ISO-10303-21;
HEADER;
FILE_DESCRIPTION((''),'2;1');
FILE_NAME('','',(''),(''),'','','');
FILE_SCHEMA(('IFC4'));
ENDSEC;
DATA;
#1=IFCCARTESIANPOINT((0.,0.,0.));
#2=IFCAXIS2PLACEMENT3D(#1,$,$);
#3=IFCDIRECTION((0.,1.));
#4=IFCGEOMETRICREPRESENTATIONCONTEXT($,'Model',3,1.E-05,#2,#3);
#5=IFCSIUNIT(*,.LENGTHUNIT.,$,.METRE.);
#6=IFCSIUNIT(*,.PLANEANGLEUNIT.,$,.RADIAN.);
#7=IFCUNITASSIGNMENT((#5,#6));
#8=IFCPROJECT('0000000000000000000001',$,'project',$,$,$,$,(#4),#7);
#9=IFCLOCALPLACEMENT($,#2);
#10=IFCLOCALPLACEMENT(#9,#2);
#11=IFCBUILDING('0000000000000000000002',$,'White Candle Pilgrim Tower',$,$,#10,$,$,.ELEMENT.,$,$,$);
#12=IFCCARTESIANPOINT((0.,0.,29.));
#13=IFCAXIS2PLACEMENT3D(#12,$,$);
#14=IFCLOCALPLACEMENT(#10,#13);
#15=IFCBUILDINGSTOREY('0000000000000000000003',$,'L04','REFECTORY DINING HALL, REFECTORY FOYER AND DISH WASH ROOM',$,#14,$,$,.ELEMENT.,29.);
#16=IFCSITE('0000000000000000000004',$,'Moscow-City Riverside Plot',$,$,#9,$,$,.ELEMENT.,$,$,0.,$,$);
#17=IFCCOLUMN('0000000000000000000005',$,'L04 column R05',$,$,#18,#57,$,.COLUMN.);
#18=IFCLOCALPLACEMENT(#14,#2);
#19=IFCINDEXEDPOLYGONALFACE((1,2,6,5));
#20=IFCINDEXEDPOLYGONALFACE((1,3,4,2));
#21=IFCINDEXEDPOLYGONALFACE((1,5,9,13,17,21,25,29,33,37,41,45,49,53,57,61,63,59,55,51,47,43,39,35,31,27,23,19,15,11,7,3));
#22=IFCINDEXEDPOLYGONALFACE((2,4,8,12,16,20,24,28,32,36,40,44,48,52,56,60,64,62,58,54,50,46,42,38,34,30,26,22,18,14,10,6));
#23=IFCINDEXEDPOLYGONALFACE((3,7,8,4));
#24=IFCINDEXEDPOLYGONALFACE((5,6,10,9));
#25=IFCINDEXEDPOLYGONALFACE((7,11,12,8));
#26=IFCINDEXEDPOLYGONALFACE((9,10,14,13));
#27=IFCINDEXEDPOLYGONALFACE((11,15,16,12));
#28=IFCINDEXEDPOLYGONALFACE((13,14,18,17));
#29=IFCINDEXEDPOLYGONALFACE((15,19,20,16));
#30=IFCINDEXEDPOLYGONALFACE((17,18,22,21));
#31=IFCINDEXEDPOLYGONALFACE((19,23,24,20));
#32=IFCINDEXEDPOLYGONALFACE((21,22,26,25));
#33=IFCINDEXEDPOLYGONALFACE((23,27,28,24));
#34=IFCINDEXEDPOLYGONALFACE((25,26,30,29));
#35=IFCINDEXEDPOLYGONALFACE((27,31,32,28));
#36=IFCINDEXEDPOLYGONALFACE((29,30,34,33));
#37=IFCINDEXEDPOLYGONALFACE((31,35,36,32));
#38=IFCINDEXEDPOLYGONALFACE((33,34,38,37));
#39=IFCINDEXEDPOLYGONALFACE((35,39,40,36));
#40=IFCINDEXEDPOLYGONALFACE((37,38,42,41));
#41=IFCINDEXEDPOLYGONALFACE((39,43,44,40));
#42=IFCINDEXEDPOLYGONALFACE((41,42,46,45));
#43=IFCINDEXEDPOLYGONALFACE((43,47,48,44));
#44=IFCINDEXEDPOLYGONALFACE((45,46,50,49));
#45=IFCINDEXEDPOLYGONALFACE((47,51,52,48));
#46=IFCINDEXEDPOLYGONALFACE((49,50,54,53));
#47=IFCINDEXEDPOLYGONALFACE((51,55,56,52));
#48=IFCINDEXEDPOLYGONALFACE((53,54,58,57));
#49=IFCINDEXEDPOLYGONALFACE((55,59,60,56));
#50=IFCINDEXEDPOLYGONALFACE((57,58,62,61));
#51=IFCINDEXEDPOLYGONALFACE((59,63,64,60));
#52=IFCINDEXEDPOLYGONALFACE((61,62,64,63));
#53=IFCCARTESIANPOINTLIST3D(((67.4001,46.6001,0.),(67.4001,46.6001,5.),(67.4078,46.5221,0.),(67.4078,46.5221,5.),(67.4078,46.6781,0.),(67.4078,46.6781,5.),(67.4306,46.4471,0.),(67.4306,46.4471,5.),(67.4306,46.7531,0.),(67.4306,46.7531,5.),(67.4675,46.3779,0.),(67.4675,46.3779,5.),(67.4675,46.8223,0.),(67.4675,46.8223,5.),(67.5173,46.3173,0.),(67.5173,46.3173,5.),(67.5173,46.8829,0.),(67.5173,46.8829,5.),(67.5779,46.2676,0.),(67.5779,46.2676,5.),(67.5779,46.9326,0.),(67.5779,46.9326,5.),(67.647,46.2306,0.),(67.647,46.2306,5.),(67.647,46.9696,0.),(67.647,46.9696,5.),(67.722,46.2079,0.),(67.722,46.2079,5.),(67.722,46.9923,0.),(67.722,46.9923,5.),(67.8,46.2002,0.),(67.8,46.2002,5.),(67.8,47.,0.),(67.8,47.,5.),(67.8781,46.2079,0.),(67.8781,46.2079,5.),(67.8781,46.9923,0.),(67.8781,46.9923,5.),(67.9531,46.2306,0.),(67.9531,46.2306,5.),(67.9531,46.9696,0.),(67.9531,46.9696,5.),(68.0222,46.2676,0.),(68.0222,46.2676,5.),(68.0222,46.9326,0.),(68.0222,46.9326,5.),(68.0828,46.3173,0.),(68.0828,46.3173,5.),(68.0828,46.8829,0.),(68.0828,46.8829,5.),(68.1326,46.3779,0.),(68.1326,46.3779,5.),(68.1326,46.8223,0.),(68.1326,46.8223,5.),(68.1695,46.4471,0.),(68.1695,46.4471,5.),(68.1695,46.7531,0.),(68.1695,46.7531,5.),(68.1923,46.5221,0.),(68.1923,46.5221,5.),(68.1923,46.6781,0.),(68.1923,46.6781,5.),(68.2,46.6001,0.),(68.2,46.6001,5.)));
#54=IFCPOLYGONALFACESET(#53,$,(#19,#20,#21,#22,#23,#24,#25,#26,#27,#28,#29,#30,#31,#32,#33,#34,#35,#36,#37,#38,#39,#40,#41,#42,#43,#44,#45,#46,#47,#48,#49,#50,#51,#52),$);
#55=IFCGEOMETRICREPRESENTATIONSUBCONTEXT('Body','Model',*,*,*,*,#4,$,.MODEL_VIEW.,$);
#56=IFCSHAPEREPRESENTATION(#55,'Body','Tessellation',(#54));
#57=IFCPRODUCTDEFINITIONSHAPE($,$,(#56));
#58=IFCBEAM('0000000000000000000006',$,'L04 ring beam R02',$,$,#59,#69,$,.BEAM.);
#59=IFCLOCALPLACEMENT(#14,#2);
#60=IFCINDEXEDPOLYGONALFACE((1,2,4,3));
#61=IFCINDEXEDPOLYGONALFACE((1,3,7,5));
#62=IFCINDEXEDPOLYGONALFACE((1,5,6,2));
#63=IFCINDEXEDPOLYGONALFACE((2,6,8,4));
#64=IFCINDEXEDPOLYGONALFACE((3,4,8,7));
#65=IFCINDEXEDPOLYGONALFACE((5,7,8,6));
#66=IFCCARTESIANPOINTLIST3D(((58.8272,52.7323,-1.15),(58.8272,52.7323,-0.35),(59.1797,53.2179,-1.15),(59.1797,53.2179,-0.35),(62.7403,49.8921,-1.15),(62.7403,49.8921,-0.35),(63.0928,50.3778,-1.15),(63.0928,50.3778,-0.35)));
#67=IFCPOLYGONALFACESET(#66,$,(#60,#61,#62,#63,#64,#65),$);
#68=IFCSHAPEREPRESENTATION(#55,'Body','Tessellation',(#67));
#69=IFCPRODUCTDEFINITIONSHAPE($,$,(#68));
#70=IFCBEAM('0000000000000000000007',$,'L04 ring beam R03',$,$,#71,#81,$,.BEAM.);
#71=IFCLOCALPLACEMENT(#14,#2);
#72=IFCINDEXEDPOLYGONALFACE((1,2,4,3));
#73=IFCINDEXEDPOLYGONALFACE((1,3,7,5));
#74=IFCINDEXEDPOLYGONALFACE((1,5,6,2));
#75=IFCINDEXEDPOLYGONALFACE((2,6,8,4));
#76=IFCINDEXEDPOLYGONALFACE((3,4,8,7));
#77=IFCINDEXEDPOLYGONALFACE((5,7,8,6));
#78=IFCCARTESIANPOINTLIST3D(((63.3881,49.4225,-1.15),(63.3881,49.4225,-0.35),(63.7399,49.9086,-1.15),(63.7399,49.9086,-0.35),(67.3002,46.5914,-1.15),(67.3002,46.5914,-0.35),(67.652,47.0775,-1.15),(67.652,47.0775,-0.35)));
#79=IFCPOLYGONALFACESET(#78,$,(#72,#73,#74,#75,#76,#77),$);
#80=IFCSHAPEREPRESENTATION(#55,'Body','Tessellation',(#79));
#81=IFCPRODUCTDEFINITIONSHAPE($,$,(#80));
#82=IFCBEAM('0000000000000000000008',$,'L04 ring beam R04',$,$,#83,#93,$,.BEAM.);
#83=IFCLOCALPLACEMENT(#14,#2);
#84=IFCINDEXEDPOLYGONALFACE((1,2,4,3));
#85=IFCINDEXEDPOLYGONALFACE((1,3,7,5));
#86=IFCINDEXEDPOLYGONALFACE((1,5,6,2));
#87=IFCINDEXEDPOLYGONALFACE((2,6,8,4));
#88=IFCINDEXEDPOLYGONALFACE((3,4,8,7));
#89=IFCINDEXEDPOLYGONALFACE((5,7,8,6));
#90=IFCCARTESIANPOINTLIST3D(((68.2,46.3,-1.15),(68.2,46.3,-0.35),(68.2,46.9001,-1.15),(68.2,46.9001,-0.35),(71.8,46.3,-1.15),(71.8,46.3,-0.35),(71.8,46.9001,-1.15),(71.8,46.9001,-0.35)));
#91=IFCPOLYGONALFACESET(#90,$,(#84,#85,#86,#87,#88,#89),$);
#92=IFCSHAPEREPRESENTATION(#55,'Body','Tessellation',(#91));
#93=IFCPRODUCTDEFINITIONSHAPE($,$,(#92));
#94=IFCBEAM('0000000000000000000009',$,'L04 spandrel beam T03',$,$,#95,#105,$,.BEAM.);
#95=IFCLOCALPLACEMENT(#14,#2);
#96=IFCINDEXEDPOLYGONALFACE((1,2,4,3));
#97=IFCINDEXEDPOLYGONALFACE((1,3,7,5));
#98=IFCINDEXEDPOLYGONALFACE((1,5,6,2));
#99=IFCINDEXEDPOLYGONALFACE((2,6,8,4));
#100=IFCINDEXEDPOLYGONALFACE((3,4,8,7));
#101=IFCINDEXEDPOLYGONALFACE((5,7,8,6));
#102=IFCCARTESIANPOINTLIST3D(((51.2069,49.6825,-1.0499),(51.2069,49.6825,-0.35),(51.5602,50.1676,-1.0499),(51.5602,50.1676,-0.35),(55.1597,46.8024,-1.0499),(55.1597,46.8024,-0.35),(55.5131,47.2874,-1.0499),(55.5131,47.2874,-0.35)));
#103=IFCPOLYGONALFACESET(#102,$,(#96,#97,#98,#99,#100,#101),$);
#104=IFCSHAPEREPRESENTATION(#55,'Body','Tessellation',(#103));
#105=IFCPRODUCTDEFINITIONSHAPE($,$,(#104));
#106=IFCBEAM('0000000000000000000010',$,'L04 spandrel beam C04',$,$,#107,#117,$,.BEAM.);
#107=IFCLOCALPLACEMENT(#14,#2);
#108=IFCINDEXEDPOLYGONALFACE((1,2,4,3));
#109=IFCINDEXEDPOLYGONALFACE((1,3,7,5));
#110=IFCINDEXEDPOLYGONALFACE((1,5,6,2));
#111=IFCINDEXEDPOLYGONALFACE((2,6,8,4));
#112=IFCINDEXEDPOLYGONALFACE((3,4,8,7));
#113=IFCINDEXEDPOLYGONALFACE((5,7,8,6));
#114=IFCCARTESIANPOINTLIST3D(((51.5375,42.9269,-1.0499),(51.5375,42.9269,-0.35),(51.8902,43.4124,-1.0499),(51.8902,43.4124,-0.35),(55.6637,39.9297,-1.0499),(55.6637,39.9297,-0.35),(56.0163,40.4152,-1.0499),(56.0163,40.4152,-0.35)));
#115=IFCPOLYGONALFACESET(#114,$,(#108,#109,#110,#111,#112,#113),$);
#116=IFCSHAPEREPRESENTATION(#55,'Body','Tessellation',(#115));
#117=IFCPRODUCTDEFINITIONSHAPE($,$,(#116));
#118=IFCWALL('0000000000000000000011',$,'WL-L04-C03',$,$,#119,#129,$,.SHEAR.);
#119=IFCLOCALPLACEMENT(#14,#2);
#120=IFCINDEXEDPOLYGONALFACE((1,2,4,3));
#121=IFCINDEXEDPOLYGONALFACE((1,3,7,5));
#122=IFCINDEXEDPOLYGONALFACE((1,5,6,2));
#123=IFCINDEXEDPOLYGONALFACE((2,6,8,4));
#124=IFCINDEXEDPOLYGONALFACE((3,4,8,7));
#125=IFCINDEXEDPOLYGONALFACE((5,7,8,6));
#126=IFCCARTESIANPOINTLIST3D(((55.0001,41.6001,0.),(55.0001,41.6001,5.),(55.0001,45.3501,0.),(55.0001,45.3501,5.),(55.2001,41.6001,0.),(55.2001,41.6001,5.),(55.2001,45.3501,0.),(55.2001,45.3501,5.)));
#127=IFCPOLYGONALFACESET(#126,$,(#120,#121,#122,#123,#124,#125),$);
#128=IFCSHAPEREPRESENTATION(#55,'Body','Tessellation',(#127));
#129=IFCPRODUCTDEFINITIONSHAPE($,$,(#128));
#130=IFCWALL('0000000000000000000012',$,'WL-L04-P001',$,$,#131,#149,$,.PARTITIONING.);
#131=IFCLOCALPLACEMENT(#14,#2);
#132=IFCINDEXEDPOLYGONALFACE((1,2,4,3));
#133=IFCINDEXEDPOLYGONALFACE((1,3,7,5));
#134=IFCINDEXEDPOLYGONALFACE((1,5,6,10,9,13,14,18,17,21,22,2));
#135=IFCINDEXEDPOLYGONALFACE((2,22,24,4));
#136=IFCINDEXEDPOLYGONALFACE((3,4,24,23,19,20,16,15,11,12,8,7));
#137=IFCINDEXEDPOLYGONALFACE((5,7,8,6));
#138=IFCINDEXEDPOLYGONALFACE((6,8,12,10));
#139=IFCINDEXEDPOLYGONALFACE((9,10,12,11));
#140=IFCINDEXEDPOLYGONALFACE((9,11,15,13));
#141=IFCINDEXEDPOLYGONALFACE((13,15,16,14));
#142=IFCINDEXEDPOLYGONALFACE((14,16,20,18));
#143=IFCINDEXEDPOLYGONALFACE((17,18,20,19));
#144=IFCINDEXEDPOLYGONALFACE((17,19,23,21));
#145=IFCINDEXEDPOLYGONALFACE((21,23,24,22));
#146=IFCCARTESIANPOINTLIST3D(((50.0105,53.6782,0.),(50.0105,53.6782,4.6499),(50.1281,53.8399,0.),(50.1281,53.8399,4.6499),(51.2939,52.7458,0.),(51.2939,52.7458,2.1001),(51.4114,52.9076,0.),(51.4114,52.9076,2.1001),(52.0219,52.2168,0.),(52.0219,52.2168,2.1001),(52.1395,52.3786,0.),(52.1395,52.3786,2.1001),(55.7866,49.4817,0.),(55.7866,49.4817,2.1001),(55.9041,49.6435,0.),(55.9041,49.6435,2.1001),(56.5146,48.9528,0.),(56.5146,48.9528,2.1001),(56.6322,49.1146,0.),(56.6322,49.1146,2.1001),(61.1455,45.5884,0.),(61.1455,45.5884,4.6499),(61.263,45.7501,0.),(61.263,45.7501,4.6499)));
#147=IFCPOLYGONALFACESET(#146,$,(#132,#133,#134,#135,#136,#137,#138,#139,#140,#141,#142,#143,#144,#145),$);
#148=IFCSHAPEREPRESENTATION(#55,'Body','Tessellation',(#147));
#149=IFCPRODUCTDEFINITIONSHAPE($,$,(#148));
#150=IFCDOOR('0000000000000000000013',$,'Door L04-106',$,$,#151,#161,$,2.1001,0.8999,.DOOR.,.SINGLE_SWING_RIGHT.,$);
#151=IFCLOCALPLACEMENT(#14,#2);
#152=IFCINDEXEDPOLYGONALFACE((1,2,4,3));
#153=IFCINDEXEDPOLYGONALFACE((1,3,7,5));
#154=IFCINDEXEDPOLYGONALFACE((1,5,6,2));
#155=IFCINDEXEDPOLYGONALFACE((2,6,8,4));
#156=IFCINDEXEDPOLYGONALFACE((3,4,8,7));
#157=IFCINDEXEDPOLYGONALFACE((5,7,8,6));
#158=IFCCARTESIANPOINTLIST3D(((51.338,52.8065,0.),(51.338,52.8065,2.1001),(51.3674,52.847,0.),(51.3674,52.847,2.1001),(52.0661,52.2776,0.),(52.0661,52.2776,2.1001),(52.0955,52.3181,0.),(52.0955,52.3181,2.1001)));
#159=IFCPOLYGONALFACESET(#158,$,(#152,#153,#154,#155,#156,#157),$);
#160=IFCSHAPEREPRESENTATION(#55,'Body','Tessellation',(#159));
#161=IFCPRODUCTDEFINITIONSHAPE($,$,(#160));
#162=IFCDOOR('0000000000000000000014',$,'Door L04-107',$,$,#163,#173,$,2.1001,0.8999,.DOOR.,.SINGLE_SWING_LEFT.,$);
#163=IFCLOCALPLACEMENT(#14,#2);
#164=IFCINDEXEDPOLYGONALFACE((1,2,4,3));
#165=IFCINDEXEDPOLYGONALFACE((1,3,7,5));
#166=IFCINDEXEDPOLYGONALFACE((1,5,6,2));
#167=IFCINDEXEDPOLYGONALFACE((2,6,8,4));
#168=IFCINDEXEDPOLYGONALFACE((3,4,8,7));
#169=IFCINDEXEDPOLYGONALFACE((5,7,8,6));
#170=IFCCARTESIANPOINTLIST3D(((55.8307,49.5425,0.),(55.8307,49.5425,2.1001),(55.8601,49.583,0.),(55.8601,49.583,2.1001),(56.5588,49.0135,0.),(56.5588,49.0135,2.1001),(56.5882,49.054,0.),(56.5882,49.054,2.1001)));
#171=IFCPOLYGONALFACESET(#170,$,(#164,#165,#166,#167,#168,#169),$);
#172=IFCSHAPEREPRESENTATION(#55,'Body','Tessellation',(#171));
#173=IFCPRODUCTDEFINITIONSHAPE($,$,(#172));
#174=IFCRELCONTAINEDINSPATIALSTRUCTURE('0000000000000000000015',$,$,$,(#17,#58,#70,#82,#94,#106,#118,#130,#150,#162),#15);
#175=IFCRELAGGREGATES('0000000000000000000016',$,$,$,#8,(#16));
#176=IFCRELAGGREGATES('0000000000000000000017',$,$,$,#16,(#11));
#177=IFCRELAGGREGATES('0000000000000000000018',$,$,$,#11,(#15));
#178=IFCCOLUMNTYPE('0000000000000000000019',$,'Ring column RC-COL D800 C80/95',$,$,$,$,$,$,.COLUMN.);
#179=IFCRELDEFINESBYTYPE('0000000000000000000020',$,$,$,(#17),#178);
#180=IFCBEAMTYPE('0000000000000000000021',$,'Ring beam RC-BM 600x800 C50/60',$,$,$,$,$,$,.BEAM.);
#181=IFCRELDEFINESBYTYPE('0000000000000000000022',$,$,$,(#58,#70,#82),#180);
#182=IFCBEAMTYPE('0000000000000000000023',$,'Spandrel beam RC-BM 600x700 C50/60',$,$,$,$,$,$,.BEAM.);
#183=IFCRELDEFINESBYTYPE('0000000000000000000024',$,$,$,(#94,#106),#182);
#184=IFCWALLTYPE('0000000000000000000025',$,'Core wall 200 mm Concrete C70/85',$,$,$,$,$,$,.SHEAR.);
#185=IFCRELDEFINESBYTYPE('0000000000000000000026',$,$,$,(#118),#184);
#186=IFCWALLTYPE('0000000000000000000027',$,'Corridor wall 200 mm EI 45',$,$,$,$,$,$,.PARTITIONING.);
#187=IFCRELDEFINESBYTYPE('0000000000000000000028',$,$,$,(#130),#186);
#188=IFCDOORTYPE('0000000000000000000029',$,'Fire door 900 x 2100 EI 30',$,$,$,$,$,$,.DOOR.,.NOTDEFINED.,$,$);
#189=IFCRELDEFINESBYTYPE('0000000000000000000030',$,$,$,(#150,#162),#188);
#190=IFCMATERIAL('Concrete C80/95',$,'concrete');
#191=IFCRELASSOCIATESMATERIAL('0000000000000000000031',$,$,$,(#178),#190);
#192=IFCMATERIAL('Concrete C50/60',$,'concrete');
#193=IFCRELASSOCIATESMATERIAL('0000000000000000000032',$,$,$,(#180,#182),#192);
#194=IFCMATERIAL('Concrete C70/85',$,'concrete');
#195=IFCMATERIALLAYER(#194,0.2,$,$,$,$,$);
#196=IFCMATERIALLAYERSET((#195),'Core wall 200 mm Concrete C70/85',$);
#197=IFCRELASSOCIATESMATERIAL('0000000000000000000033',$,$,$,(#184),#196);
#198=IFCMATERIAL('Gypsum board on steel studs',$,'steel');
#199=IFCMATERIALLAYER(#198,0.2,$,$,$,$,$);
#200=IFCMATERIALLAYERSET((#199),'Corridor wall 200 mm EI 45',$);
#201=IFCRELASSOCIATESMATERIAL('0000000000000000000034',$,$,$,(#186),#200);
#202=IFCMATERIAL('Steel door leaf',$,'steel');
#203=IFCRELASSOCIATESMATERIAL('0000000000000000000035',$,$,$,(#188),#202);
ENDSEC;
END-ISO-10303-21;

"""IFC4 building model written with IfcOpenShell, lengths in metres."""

from ifc_helpers import new_model, si_unit, direction, frame, frame_2d, origin, origin_2d, place, context, subcontext, project, spatial, rectangle, circle, extrude, material, layer, layer_set, material_profile, profile_set, type_object, element, fill, save


model = new_model("IFC4")

# Units and contexts
model_context = context("Model", 3, precision=1e-05, world=origin(), true_north=direction((0.0, 1.0)))
body_context = subcontext(model_context, "Body", "Model", "MODEL_VIEW")
ifc_project = project(units=[si_unit("LENGTHUNIT", "METRE"), si_unit("PLANEANGLEUNIT", "RADIAN")], contexts=[model_context])

# Site, building, storey
site_placement = place(None, origin())
site = spatial("IfcSite", under=ifc_project, at=site_placement, Name="Moscow-City Riverside Plot", CompositionType="ELEMENT", RefElevation=0.0)
building_placement = place(site_placement, origin())
building = spatial("IfcBuilding", under=site, at=building_placement, Name="White Candle Pilgrim Tower", CompositionType="ELEMENT")
storey_placement = place(building_placement, frame((0.0, 0.0, 29.0)))
storey = spatial("IfcBuildingStorey", under=building, at=storey_placement, Name="L04", Description="REFECTORY DINING HALL, REFECTORY FOYER AND DISH WASH ROOM", CompositionType="ELEMENT", Elevation=29.0)

# Column
ifc_material_1 = material(Name="Concrete C80/95", Category="concrete")
ifc_material_profile_1 = material_profile(ifc_material_1, circle(Radius=0.3999, at=origin_2d()), Name="RC-COL D800")
ifc_profile_set_1 = profile_set([ifc_material_profile_1], Name="Concrete C80/95")
column_type_1 = type_object("IfcColumnType", Name="Ring column RC-COL D800 C80/95", PredefinedType="COLUMN", material=ifc_profile_set_1)
for number, where, z_axis, x_axis, name in (
    (1, (67.8, 46.6001, 0.0), (0.0, 0.0, 1.0), (1.0, 0.0, 0.0), "L04 column R05"),
):
    element("IfcColumn", number, at=place(storey_placement, frame(where, z_axis=z_axis, x_axis=x_axis)), inside=storey, type_object=column_type_1, Name=name, PredefinedType="COLUMN", context=body_context, shape_type="SweptSolid", body=[
        extrude(circle(Radius=0.3999, at=origin_2d()), origin(), (0.0, 0.0, 1.0), 5.0),
    ])

# Beams
ifc_material_2 = material(Name="Concrete C50/60", Category="concrete")
ifc_material_profile_2 = material_profile(ifc_material_2, rectangle(XDim=0.6001, YDim=0.8, at=origin_2d()), Name="RC-BM 600x800")
ifc_profile_set_2 = profile_set([ifc_material_profile_2], Name="Concrete C50/60")
beam_type_1 = type_object("IfcBeamType", Name="Ring beam RC-BM 600x800 C50/60", PredefinedType="BEAM", material=ifc_profile_set_2)
beam_1_placement = place(storey_placement, frame((59.0034, 52.9751, -0.75), z_axis=(0.809306, -0.587388, 0.0), x_axis=(0.587388, 0.809306, 0.0)))
element("IfcBeam", 2, at=beam_1_placement, inside=storey, type_object=beam_type_1, Name="L04 ring beam R02", PredefinedType="BEAM", context=body_context, shape_type="SweptSolid", body=[
    extrude(rectangle(XDim=0.6001, YDim=0.8, at=origin_2d()), origin(), (0.0, 0.0, 1.0), 4.8352),
])
beam_2_placement = place(storey_placement, frame((63.564, 49.6655, -0.75), z_axis=(0.810124, -0.586258, 0.0), x_axis=(0.586258, 0.810124, 0.0)))
element("IfcBeam", 3, at=beam_2_placement, inside=storey, type_object=beam_type_1, Name="L04 ring beam R03", PredefinedType="BEAM", context=body_context, shape_type="SweptSolid", body=[
    extrude(rectangle(XDim=0.6001, YDim=0.8, at=origin_2d()), origin(), (0.0, 0.0, 1.0), 4.8291),
])
beam_3_placement = place(storey_placement, frame((68.2, 46.6001, -0.75), z_axis=(1.0, 0.0, 0.0), x_axis=(0.0, 1.0, 0.0)))
element("IfcBeam", 4, at=beam_3_placement, inside=storey, type_object=beam_type_1, Name="L04 ring beam R04", PredefinedType="BEAM", context=body_context, shape_type="SweptSolid", body=[
    extrude(rectangle(XDim=0.6001, YDim=0.8, at=origin_2d()), origin(), (0.0, 0.0, 1.0), 3.6001),
])
ifc_material_profile_3 = material_profile(ifc_material_2, rectangle(XDim=0.6001, YDim=0.7, at=origin_2d()), Name="RC-BM 600x700")
ifc_profile_set_3 = profile_set([ifc_material_profile_3], Name="Concrete C50/60")
beam_type_2 = type_object("IfcBeamType", Name="Spandrel beam RC-BM 600x700 C50/60", PredefinedType="BEAM", material=ifc_profile_set_3)
beam_4_placement = place(storey_placement, frame((51.3835, 49.925, -0.7), z_axis=(0.80822, -0.588881, 0.0), x_axis=(0.588881, 0.80822, 0.0)))
element("IfcBeam", 5, at=beam_4_placement, inside=storey, type_object=beam_type_2, Name="L04 spandrel beam T03", PredefinedType="BEAM", context=body_context, shape_type="SweptSolid", body=[
    extrude(rectangle(XDim=0.6001, YDim=0.7, at=origin_2d()), origin(), (0.0, 0.0, 1.0), 4.8909),
])
beam_5_placement = place(storey_placement, frame((51.7139, 43.1697, -0.7), z_axis=(0.809069, -0.587713, 0.0), x_axis=(0.587713, 0.809069, 0.0)))
element("IfcBeam", 6, at=beam_5_placement, inside=storey, type_object=beam_type_2, Name="L04 spandrel beam C04", PredefinedType="BEAM", context=body_context, shape_type="SweptSolid", body=[
    extrude(rectangle(XDim=0.6001, YDim=0.7, at=origin_2d()), origin(), (0.0, 0.0, 1.0), 5.0999),
])

# Wall
ifc_material_3 = material(Name="Concrete C70/85", Category="concrete")
ifc_layer_1 = layer(ifc_material_3, 0.2)
ifc_layer_set_1 = layer_set([ifc_layer_1], Name="Core wall 200 mm Concrete C70/85")
wall_type_1 = type_object("IfcWallType", Name="Core wall 200 mm Concrete C70/85", PredefinedType="SHEAR", material=ifc_layer_set_1)
wall_1_placement = place(storey_placement, frame((55.1001, 41.6001, 0.0), z_axis=(0.0, 0.0, 1.0), x_axis=(0.0, 1.0, 0.0)))
element("IfcWall", 7, at=wall_1_placement, inside=storey, type_object=wall_type_1, Name="WL-L04-C03", PredefinedType="SHEAR", context=body_context, shape_type="SweptSolid", body=[
    extrude(rectangle(XDim=3.75, YDim=0.2, at=frame_2d((1.875, 0.0))), origin(), (0.0, 0.0, 1.0), 5.0),
])

# Wall, openings, doors
ifc_material_4 = material(Name="Gypsum board on steel studs", Category="steel")
ifc_layer_2 = layer(ifc_material_4, 0.2)
ifc_layer_set_2 = layer_set([ifc_layer_2], Name="Corridor wall 200 mm EI 45")
wall_type_2 = type_object("IfcWallType", Name="Corridor wall 200 mm EI 45", PredefinedType="PARTITIONING", material=ifc_layer_set_2)
wall_2_placement = place(storey_placement, frame((61.2043, 45.6692, 0.0), z_axis=(0.0, 0.0, 1.0), x_axis=(-0.809024, 0.587775, 0.0)))
wall_2 = element("IfcWall", 8, at=wall_2_placement, inside=storey, type_object=wall_type_2, Name="WL-L04-P001", PredefinedType="PARTITIONING", context=body_context, shape_type="SweptSolid", body=[
    extrude(rectangle(XDim=13.7634, YDim=0.2, at=frame_2d((6.8818, 0.0))), origin(), (0.0, 0.0, 1.0), 4.6499),
])
opening_1_placement = place(wall_2_placement, frame((11.2773, 0.0, 0.0)))
opening_1 = element("IfcOpeningElement", 9, at=opening_1_placement, cuts=wall_2, PredefinedType="OPENING", context=body_context, shape_type="SweptSolid", body=[
    extrude(rectangle(XDim=0.8999, YDim=2.1001, at=frame_2d((0.45, 1.05))), frame((0.0, 0.1099, 0.0), z_axis=(0.0, -1.0, 0.0), x_axis=(1.0, 0.0, 0.0)), (0.0, 0.0, 1.0), 0.22),
])
opening_2_placement = place(wall_2_placement, frame((5.7241, 0.0, 0.0)))
opening_2 = element("IfcOpeningElement", 10, at=opening_2_placement, cuts=wall_2, PredefinedType="OPENING", context=body_context, shape_type="SweptSolid", body=[
    extrude(rectangle(XDim=0.8999, YDim=2.1001, at=frame_2d((0.45, 1.05))), frame((0.0, 0.1099, 0.0), z_axis=(0.0, -1.0, 0.0), x_axis=(1.0, 0.0, 0.0)), (0.0, 0.0, 1.0), 0.22),
])
ifc_material_5 = material(Name="Steel door leaf", Category="steel")
door_type_1 = type_object("IfcDoorType", Name="Fire door 900 x 2100 EI 30", OperationType="NOTDEFINED", PredefinedType="DOOR", material=ifc_material_5)
door_1_placement = place(opening_1_placement, origin())
door_1 = element("IfcDoor", 11, at=door_1_placement, inside=storey, type_object=door_type_1, Name="Door L04-106", OperationType="SINGLE_SWING_RIGHT", OverallHeight=2.1001, OverallWidth=0.8999, PredefinedType="DOOR", context=body_context, shape_type="SweptSolid", body=[
    extrude(rectangle(XDim=0.8999, YDim=2.1001, at=frame_2d((0.45, 1.05))), frame((0.0, 0.0249, 0.0), z_axis=(0.0, -1.0, 0.0), x_axis=(1.0, 0.0, 0.0)), (0.0, 0.0, 1.0), 0.05),
])
fill(opening_1, door_1)
door_2_placement = place(opening_2_placement, origin())
door_2 = element("IfcDoor", 12, at=door_2_placement, inside=storey, type_object=door_type_1, Name="Door L04-107", OperationType="SINGLE_SWING_LEFT", OverallHeight=2.1001, OverallWidth=0.8999, PredefinedType="DOOR", context=body_context, shape_type="SweptSolid", body=[
    extrude(rectangle(XDim=0.8999, YDim=2.1001, at=frame_2d((0.45, 1.05))), frame((0.0, 0.0249, 0.0), z_axis=(0.0, -1.0, 0.0), x_axis=(1.0, 0.0, 0.0)), (0.0, 0.0, 1.0), 0.05),
])
fill(opening_2, door_2)

save(model, "model.ifc")
